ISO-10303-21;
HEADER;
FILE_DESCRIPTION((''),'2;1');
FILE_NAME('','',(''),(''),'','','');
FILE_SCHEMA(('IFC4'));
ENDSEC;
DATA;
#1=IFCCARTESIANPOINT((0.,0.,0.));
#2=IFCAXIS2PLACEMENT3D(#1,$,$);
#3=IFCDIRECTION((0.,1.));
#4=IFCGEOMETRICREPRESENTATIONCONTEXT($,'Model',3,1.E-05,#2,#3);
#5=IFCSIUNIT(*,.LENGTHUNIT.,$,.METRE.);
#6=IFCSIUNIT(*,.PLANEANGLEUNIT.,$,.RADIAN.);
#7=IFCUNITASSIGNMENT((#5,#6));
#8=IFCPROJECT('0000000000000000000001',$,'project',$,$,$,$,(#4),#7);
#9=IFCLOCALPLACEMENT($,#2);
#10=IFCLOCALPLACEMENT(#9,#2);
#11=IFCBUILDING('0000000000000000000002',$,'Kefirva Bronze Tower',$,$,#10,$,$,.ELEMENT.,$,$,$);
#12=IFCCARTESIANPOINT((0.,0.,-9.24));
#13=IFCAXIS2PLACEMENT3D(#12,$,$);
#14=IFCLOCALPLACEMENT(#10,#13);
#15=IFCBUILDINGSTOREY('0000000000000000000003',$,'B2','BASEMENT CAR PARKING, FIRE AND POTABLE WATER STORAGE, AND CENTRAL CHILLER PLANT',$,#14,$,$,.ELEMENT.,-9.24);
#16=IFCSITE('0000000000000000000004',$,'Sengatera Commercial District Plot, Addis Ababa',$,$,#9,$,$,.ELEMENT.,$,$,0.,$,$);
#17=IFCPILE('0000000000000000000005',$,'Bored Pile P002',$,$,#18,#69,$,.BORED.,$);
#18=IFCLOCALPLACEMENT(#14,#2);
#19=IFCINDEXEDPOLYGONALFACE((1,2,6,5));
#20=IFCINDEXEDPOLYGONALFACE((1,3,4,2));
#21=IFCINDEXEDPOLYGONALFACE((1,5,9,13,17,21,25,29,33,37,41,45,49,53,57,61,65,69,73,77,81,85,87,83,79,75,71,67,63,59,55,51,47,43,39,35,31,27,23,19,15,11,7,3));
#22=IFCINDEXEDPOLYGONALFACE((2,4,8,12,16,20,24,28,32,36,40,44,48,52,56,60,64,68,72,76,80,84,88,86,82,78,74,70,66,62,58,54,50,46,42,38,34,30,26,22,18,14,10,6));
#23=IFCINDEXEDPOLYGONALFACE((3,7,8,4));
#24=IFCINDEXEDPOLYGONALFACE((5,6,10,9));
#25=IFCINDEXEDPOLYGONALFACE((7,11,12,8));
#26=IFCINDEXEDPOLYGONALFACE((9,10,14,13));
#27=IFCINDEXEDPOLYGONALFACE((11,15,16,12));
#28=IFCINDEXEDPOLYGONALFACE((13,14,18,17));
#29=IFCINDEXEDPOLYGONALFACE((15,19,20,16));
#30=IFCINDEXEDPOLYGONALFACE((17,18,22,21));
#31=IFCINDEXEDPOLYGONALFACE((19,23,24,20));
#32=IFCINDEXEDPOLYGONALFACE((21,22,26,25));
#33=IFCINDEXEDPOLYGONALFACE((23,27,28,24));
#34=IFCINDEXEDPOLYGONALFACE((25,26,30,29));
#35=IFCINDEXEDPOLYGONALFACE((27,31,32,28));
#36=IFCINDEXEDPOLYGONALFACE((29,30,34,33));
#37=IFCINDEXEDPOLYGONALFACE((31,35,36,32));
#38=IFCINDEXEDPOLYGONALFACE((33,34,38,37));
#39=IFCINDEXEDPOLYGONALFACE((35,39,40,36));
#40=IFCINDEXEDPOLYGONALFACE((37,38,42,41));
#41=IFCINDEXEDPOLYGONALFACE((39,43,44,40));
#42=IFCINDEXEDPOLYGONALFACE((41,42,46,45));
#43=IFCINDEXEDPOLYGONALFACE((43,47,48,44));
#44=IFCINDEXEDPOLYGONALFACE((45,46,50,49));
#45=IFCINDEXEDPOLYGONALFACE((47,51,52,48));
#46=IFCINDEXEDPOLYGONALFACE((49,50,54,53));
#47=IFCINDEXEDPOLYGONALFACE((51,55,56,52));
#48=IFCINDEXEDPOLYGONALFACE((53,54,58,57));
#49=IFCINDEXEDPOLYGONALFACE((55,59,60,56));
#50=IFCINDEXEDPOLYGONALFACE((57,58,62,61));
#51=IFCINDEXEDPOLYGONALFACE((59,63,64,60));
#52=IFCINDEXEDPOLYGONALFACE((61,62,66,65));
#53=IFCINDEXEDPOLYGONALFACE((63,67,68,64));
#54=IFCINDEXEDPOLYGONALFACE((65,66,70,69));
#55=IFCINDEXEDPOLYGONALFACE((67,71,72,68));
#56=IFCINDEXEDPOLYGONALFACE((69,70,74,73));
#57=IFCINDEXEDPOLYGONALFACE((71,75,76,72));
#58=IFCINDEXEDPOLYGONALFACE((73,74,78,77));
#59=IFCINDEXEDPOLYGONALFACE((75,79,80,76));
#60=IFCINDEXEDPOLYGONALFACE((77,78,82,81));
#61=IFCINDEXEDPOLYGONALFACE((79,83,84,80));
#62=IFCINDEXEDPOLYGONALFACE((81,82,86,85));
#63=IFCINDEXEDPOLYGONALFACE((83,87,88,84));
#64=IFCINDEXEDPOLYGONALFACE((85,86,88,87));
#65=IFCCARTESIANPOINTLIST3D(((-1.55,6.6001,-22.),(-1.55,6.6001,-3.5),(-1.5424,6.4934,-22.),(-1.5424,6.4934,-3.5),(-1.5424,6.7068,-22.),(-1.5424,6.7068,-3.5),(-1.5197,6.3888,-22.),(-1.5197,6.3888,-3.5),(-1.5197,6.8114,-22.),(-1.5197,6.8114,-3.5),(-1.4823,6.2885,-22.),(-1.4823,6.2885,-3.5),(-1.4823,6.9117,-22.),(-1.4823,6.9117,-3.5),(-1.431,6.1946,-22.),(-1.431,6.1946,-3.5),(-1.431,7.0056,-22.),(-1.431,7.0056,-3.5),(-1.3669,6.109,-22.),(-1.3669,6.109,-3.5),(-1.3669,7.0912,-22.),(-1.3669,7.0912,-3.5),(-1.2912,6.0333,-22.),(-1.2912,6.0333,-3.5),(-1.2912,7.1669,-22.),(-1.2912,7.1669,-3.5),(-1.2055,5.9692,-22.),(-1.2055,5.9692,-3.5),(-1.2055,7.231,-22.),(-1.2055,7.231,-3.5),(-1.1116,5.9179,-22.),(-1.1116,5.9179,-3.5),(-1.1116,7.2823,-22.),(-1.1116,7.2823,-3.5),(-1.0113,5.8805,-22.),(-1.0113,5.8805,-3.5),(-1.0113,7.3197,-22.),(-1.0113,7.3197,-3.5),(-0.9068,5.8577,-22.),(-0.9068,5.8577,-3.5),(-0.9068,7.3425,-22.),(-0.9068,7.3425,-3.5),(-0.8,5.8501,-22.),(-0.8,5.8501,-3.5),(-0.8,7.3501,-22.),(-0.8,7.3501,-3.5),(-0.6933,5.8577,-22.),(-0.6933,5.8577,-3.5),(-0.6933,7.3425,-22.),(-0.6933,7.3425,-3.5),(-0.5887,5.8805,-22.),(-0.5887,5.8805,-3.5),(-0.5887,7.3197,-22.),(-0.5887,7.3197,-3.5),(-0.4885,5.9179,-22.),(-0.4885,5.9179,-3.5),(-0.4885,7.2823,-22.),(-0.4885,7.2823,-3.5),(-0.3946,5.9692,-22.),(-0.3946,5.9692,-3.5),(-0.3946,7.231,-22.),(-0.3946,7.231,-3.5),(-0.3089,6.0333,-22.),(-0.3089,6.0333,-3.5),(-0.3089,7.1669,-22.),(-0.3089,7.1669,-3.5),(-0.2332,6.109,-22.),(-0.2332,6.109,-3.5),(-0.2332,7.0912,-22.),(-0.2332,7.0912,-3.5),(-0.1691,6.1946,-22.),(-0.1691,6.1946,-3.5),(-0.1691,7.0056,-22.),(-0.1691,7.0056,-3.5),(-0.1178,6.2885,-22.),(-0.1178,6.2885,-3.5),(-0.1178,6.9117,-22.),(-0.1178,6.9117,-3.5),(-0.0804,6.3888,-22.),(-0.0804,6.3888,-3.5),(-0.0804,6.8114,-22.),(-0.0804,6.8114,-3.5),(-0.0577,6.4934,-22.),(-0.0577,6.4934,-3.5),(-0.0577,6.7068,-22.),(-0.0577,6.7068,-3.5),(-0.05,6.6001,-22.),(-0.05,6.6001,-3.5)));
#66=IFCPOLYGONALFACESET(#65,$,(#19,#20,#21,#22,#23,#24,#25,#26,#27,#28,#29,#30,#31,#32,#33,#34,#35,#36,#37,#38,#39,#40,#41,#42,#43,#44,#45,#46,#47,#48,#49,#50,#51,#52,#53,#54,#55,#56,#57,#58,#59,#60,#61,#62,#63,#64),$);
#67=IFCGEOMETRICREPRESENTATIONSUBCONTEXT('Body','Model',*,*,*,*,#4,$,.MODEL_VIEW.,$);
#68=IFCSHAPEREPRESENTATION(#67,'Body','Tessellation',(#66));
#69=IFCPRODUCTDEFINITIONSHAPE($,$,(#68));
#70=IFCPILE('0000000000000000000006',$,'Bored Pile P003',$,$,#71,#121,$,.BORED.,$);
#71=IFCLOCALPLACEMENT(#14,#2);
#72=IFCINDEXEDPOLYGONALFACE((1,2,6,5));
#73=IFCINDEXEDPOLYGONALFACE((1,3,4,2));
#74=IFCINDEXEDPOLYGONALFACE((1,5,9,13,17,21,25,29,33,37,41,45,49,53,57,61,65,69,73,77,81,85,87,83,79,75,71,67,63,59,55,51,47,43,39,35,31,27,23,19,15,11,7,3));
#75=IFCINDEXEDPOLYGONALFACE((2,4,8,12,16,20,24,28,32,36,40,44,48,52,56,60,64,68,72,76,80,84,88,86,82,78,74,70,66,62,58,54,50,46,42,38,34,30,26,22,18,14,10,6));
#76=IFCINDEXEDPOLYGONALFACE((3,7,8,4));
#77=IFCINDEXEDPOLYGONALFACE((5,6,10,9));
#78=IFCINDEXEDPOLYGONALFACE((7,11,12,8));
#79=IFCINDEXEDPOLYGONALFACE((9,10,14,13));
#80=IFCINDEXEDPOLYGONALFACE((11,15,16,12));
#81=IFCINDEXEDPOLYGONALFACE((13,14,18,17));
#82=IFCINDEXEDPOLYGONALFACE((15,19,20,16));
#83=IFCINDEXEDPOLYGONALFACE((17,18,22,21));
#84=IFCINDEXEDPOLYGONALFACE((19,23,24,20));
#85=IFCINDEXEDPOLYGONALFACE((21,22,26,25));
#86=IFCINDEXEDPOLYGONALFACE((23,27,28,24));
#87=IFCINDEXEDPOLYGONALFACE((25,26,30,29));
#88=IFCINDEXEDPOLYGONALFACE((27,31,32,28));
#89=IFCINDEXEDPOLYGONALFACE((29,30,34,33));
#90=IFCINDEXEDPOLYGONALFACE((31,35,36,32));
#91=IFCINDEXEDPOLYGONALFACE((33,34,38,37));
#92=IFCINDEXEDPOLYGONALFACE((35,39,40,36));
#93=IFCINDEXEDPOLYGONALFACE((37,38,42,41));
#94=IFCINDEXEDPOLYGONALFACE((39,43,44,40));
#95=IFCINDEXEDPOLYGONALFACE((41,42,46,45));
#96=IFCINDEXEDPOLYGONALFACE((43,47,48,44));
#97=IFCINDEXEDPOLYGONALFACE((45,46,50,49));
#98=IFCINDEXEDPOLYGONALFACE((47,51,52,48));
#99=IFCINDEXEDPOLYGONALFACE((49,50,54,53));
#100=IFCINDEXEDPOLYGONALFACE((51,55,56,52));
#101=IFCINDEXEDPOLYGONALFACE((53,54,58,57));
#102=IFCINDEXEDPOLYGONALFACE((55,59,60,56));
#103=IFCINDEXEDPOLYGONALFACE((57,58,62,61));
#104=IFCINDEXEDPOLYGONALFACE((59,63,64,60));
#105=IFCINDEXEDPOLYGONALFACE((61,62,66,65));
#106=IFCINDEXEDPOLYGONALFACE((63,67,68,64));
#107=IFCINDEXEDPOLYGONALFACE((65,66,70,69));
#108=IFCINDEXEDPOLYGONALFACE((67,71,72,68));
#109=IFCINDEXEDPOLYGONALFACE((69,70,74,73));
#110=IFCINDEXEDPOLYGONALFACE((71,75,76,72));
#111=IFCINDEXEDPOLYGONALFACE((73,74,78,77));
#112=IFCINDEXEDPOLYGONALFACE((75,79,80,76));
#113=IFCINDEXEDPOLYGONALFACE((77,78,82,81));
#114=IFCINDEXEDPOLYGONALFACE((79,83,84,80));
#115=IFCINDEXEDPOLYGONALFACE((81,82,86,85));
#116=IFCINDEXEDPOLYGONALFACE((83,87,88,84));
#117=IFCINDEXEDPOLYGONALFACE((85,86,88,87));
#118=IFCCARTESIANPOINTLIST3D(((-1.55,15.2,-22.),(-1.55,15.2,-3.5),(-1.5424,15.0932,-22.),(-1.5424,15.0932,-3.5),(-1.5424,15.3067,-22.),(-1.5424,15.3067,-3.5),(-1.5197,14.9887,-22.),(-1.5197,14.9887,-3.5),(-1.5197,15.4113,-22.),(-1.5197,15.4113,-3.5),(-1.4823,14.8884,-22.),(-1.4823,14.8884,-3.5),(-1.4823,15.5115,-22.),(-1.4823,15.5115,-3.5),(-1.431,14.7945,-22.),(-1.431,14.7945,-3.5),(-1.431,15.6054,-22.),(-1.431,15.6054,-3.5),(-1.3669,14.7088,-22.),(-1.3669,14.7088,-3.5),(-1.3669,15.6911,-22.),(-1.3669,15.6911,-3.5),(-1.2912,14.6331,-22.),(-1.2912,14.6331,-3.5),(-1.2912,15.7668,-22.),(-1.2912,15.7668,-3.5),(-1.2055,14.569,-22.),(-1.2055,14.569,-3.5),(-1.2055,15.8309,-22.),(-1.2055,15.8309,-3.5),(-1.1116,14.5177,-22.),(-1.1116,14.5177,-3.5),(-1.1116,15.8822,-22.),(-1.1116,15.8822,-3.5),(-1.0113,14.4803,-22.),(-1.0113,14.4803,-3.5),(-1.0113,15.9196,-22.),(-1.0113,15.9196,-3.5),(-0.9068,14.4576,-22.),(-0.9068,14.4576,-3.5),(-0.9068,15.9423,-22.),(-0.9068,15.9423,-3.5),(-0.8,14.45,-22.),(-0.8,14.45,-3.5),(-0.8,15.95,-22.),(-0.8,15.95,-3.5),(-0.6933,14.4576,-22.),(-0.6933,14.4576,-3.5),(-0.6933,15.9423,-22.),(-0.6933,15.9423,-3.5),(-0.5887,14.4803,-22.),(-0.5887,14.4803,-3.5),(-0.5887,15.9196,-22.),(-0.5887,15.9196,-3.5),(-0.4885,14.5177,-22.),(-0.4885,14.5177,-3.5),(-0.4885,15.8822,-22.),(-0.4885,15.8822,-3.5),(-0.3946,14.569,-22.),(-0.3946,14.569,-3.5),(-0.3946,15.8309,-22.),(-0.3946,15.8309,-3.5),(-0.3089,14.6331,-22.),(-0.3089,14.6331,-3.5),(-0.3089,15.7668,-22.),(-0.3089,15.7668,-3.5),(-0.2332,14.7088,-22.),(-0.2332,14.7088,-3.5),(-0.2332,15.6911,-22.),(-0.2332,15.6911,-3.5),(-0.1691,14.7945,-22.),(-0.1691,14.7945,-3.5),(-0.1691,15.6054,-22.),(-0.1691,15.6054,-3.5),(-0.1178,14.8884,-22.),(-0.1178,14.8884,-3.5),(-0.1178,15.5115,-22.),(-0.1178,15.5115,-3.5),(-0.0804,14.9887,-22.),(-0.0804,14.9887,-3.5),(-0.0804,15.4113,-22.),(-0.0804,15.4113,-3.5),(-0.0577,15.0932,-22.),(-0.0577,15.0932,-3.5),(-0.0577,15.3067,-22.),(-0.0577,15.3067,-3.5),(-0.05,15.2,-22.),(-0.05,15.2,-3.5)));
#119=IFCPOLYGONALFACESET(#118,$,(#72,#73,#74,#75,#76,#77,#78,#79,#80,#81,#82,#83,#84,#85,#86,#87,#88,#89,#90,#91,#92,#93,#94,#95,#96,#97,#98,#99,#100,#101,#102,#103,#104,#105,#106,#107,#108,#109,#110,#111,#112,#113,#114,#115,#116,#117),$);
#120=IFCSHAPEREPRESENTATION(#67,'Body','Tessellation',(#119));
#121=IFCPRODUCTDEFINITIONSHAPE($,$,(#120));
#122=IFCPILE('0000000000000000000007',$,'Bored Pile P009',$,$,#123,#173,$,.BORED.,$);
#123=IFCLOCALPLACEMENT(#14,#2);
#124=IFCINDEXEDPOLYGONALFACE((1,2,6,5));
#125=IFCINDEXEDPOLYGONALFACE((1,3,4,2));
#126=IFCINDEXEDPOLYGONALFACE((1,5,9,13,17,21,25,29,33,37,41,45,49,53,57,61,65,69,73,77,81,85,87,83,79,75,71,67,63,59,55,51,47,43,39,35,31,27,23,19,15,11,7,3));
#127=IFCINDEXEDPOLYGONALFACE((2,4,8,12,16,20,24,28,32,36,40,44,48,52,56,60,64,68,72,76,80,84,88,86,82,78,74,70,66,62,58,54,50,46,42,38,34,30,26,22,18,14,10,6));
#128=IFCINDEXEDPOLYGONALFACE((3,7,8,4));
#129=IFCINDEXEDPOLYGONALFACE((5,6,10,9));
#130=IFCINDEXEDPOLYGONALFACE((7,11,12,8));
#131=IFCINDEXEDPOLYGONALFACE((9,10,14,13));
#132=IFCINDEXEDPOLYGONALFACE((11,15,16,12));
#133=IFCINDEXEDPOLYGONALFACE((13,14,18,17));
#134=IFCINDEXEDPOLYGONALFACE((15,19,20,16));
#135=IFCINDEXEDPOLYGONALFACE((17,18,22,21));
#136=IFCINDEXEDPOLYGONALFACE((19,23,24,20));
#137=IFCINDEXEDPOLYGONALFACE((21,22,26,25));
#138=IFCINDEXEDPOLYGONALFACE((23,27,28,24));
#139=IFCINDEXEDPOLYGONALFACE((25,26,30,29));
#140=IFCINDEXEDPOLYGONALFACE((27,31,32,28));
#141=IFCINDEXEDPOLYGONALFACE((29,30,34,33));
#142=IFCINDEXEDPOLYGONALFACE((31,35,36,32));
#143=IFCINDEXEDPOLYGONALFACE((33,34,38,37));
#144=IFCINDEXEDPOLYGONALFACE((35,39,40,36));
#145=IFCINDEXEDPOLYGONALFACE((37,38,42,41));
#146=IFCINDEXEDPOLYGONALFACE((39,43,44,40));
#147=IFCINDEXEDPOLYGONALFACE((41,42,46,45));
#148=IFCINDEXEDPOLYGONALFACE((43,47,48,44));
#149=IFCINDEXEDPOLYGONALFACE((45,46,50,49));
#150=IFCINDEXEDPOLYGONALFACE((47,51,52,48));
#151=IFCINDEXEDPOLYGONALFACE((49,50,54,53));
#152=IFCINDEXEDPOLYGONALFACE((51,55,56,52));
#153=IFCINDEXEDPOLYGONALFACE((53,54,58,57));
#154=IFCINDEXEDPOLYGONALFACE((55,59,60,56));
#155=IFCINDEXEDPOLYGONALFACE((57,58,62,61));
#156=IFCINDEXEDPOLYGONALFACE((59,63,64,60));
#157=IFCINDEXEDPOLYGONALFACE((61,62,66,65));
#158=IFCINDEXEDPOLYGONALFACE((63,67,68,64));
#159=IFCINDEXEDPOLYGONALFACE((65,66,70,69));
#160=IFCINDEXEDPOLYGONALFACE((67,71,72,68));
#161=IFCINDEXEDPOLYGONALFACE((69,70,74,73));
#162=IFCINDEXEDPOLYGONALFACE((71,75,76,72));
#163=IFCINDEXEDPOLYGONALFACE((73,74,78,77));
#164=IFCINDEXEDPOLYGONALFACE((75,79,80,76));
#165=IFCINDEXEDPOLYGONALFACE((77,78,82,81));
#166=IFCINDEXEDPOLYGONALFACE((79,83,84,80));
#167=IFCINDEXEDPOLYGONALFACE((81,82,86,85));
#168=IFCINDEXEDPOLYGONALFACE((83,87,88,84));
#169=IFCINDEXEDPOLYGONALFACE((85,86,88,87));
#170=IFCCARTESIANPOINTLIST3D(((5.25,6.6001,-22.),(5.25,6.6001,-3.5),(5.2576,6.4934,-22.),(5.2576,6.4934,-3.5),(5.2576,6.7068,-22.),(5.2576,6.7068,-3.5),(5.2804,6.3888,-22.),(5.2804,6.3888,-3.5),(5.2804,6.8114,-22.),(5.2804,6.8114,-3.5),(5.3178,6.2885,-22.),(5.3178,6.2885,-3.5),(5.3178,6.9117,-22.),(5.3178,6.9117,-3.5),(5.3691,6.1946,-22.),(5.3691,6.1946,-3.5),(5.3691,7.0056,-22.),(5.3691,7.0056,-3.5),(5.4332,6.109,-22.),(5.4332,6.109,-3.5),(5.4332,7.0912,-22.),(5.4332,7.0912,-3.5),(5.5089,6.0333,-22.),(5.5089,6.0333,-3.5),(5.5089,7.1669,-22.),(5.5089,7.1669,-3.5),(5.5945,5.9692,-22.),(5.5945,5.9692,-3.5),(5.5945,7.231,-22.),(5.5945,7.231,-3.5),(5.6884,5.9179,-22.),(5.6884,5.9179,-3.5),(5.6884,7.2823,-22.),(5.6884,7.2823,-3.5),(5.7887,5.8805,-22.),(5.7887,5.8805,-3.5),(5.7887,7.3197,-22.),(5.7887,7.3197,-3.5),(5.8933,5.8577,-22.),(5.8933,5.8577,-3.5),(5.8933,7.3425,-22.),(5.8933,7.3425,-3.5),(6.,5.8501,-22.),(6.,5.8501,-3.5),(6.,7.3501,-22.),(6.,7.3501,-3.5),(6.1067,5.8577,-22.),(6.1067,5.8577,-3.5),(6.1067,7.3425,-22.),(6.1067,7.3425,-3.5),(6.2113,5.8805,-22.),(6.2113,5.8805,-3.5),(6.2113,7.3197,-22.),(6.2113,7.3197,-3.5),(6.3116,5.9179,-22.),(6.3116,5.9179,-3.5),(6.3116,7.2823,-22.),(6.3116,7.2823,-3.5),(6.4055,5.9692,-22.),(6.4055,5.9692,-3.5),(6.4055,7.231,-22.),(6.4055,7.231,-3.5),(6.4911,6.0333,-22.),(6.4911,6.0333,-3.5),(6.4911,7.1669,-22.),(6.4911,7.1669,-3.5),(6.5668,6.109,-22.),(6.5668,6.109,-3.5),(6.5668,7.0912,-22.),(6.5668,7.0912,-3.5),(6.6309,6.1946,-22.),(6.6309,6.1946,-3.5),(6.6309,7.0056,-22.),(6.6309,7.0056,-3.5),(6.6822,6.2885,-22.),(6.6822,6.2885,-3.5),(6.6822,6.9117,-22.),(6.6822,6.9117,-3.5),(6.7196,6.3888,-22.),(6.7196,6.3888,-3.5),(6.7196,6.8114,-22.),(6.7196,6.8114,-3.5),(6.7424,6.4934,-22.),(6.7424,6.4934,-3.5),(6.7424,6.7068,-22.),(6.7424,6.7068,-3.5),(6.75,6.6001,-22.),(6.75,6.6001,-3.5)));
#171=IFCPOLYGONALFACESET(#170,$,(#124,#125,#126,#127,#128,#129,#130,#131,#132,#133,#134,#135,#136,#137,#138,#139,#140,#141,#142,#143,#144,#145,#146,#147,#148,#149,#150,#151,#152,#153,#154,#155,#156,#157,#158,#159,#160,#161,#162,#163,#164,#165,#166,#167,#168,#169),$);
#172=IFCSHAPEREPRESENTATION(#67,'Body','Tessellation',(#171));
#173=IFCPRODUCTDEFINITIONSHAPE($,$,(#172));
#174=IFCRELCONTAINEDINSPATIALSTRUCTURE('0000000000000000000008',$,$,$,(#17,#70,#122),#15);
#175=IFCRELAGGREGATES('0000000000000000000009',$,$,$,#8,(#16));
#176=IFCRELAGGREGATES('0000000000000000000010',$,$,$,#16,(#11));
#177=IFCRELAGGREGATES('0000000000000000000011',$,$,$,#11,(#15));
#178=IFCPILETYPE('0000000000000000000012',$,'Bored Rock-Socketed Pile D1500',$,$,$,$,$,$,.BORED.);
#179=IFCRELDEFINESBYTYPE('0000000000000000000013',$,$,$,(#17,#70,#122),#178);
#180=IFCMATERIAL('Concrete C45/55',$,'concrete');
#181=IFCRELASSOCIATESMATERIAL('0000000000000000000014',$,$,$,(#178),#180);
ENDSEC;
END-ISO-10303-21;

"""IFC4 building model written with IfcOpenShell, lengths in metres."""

from ifc_helpers import new_model, si_unit, direction, frame, origin, origin_2d, place, context, subcontext, project, spatial, circle, extrude, material, material_profile, profile_set, type_object, element, save


model = new_model("IFC4")

# Units and contexts
model_context = context("Model", 3, precision=1e-05, world=origin(), true_north=direction((0.0, 1.0)))
body_context = subcontext(model_context, "Body", "Model", "MODEL_VIEW")
ifc_project = project(units=[si_unit("LENGTHUNIT", "METRE"), si_unit("PLANEANGLEUNIT", "RADIAN")], contexts=[model_context])

# Site, building, storey
site_placement = place(None, origin())
site = spatial("IfcSite", under=ifc_project, at=site_placement, Name="Sengatera Commercial District Plot, Addis Ababa", CompositionType="ELEMENT", RefElevation=0.0)
building_placement = place(site_placement, origin())
building = spatial("IfcBuilding", under=site, at=building_placement, Name="Kefirva Bronze Tower", CompositionType="ELEMENT")
storey_placement = place(building_placement, frame((0.0, 0.0, -9.24)))
storey = spatial("IfcBuildingStorey", under=building, at=storey_placement, Name="B2", Description="BASEMENT CAR PARKING, FIRE AND POTABLE WATER STORAGE, AND CENTRAL CHILLER PLANT", CompositionType="ELEMENT", Elevation=-9.24)

# Piles
ifc_material_1 = material(Name="Concrete C45/55", Category="concrete")
ifc_material_profile_1 = material_profile(ifc_material_1, circle(Radius=0.75, at=origin_2d()), Name="BORED PILE D1500")
ifc_profile_set_1 = profile_set([ifc_material_profile_1], Name="Concrete C45/55")
pile_type = type_object("IfcPileType", Name="Bored Rock-Socketed Pile D1500", PredefinedType="BORED", material=ifc_profile_set_1)
for number, where, z_axis, x_axis, name in (
    (1, (-0.8, 6.6001, -3.5), (0.0, 0.0, -1.0), (1.0, 0.0, 0.0), "Bored Pile P002"),
    (2, (-0.8, 15.2, -3.5), (0.0, 0.0, -1.0), (1.0, 0.0, 0.0), "Bored Pile P003"),
    (3, (6.0, 6.6001, -3.5), (0.0, 0.0, -1.0), (1.0, 0.0, 0.0), "Bored Pile P009"),
):
    element("IfcPile", number, at=place(storey_placement, frame(where, z_axis=z_axis, x_axis=x_axis)), inside=storey, type_object=pile_type, Name=name, PredefinedType="BORED", context=body_context, shape_type="SweptSolid", body=[
        extrude(circle(Radius=0.75, at=origin_2d()), origin(), (0.0, 0.0, 1.0), 18.5),
    ])

save(model, "model.ifc")
